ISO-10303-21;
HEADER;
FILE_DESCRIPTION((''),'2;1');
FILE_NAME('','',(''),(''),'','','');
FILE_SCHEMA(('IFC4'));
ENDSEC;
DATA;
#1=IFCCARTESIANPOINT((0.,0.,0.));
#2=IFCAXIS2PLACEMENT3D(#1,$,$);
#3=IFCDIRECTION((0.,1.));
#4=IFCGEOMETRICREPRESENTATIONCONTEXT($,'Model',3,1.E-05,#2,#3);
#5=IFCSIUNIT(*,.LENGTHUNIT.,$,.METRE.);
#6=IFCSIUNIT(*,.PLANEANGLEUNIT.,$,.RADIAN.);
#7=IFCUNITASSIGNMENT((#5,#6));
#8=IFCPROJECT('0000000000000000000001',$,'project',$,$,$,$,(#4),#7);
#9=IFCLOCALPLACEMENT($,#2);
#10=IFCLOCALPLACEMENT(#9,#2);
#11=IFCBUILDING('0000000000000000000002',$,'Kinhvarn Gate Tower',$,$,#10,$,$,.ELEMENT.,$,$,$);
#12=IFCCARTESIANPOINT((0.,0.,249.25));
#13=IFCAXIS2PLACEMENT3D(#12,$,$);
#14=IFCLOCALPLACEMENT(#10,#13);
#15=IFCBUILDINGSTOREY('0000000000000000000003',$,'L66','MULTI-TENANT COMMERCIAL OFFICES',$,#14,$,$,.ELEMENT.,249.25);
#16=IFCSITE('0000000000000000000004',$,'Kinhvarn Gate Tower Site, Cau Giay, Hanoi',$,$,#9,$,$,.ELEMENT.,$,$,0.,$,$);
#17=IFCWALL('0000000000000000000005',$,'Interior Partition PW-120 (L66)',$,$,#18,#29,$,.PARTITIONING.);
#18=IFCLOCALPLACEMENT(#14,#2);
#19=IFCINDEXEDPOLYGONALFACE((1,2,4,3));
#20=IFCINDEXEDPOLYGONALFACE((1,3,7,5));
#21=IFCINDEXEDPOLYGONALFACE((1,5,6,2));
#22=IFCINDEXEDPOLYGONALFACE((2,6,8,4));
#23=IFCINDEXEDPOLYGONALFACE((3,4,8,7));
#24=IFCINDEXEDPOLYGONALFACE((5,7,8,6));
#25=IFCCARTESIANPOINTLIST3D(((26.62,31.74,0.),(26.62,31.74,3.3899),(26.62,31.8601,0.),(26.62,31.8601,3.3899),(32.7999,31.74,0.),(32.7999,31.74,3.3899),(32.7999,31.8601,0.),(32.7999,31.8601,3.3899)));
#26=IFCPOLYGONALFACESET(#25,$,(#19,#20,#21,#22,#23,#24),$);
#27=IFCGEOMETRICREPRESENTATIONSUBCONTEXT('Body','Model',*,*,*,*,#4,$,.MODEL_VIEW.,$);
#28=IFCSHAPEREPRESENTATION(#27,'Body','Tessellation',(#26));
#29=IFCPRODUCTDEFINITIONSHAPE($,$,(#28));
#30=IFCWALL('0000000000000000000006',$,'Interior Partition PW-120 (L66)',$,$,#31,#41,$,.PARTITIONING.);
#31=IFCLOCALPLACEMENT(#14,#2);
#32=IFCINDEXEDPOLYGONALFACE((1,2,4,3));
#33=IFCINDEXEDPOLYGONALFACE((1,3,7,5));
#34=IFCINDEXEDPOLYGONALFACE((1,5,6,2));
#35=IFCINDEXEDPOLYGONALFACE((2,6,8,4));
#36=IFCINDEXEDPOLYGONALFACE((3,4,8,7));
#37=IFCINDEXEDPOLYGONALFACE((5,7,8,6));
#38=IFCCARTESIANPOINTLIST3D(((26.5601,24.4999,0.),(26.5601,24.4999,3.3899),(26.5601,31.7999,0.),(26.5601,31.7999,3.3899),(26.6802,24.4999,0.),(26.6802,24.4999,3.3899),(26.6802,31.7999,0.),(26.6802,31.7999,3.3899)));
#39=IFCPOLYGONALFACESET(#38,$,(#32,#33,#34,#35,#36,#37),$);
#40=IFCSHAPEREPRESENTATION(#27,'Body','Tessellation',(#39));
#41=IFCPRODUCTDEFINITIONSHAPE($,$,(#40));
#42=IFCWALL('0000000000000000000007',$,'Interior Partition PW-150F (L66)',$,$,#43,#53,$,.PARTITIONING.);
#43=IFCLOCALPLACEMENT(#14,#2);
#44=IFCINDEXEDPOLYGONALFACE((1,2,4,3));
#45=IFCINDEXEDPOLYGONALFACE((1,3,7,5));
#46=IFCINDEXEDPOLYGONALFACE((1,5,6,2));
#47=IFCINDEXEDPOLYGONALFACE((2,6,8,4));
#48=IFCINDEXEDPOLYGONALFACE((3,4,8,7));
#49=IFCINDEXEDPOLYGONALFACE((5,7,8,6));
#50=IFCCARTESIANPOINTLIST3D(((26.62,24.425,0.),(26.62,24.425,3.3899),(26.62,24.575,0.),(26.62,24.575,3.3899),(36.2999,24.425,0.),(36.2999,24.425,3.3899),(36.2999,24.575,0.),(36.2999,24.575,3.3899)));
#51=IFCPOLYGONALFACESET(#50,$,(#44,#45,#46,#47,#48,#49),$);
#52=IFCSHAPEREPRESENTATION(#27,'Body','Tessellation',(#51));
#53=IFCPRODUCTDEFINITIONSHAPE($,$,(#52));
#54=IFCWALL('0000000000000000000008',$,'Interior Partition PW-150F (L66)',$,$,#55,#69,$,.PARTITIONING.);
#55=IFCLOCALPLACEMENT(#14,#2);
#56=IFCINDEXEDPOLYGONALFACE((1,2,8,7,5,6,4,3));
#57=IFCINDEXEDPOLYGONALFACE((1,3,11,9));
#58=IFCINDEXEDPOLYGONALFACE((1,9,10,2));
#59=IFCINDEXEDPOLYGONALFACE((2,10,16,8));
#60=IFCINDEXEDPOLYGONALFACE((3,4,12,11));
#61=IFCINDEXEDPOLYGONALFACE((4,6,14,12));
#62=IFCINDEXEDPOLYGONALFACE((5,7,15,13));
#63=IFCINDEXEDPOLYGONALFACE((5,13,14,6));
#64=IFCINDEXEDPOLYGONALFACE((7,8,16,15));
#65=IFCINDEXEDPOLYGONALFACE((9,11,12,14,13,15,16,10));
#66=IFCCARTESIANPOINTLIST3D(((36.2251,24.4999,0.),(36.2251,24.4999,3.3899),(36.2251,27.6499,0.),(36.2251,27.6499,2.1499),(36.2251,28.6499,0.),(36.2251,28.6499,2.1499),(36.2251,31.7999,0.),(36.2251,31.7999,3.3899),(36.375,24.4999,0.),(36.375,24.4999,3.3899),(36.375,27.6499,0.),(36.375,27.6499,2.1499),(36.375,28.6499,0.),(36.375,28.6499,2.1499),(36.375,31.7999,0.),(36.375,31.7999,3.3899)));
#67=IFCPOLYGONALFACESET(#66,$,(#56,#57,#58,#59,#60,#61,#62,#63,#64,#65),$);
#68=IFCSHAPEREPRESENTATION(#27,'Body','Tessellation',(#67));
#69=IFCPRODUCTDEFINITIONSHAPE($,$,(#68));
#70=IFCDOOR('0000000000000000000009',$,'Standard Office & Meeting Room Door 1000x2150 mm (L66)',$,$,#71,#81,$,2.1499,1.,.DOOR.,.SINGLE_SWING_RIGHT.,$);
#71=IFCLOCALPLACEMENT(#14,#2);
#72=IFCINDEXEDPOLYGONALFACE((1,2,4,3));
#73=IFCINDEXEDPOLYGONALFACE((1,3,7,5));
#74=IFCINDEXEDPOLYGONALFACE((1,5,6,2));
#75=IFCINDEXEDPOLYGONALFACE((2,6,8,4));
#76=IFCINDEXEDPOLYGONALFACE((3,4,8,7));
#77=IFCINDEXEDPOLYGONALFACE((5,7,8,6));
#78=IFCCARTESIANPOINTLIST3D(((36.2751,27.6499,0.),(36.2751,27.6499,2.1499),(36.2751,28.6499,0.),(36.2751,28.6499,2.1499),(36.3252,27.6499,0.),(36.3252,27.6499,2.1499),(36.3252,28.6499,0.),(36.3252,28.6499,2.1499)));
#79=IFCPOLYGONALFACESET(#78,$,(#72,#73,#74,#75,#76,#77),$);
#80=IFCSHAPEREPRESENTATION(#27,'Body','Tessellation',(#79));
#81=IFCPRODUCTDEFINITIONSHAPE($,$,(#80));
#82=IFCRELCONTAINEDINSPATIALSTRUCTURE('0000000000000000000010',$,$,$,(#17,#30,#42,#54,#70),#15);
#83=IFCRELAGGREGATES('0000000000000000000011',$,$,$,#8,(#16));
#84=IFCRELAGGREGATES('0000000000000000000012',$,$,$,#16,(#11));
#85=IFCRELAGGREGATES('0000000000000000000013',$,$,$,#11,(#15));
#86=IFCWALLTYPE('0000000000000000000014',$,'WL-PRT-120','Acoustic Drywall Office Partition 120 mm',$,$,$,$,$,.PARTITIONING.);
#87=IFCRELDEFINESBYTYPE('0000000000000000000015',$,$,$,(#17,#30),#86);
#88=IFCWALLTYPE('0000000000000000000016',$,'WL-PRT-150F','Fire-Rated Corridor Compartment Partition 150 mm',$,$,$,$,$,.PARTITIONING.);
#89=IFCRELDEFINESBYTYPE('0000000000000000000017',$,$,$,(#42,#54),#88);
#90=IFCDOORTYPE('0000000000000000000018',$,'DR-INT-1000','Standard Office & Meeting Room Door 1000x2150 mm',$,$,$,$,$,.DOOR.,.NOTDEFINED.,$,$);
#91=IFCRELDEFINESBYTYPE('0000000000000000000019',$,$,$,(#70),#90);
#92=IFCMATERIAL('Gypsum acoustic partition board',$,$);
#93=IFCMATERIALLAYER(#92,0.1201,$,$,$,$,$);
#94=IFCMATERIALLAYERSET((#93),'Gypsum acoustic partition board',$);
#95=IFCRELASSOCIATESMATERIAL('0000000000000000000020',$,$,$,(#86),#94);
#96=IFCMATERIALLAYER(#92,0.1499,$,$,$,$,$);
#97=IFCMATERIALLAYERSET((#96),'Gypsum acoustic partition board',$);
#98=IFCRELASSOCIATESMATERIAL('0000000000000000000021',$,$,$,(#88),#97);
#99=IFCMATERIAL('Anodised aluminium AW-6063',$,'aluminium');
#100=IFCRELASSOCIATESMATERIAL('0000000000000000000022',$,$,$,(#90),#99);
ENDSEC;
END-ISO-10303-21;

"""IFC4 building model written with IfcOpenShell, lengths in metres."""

from ifc_helpers import new_model, si_unit, direction, frame, frame_2d, origin, place, context, subcontext, project, spatial, rectangle, extrude, material, layer, layer_set, type_object, element, fill, save


model = new_model("IFC4")

# Units and contexts
model_context = context("Model", 3, precision=1e-05, world=origin(), true_north=direction((0.0, 1.0)))
body_context = subcontext(model_context, "Body", "Model", "MODEL_VIEW")
ifc_project = project(units=[si_unit("LENGTHUNIT", "METRE"), si_unit("PLANEANGLEUNIT", "RADIAN")], contexts=[model_context])

# Site, building, storey
site_placement = place(None, origin())
site = spatial("IfcSite", under=ifc_project, at=site_placement, Name="Kinhvarn Gate Tower Site, Cau Giay, Hanoi", CompositionType="ELEMENT", RefElevation=0.0)
building_placement = place(site_placement, origin())
building = spatial("IfcBuilding", under=site, at=building_placement, Name="Kinhvarn Gate Tower", CompositionType="ELEMENT")
storey_placement = place(building_placement, frame((0.0, 0.0, 249.25)))
storey = spatial("IfcBuildingStorey", under=building, at=storey_placement, Name="L66", Description="MULTI-TENANT COMMERCIAL OFFICES", CompositionType="ELEMENT", Elevation=249.25)

# Shared definitions
ifc_material_1 = material(Name="Gypsum acoustic partition board")

# Shared definitions
ifc_material_2 = material(Name="Anodised aluminium AW-6063", Category="aluminium")

# Walls
ifc_layer_1 = layer(ifc_material_1, 0.1201)
ifc_layer_set_1 = layer_set([ifc_layer_1], Name="Gypsum acoustic partition board")
wall_type_1 = type_object("IfcWallType", Name="WL-PRT-120", Description="Acoustic Drywall Office Partition 120 mm", PredefinedType="PARTITIONING", material=ifc_layer_set_1)
wall_1_placement = place(storey_placement, frame((26.6201, 31.8, 0.0), z_axis=(0.0, 0.0, 1.0), x_axis=(1.0, 0.0, 0.0)))
element("IfcWall", 1, at=wall_1_placement, inside=storey, type_object=wall_type_1, Name="Interior Partition PW-120 (L66)", PredefinedType="PARTITIONING", context=body_context, shape_type="SweptSolid", body=[
    extrude(rectangle(XDim=6.1799, YDim=0.1201, at=frame_2d((3.0898, 0.0))), origin(), (0.0, 0.0, 1.0), 3.3899),
])
wall_2_placement = place(storey_placement, frame((26.6201, 24.5, 0.0), z_axis=(0.0, 0.0, 1.0), x_axis=(0.0, 1.0, 0.0)))
element("IfcWall", 2, at=wall_2_placement, inside=storey, type_object=wall_type_1, Name="Interior Partition PW-120 (L66)", PredefinedType="PARTITIONING", context=body_context, shape_type="SweptSolid", body=[
    extrude(rectangle(XDim=7.3, YDim=0.1201, at=frame_2d((3.6499, 0.0))), origin(), (0.0, 0.0, 1.0), 3.3899),
])
ifc_layer_2 = layer(ifc_material_1, 0.1499)
ifc_layer_set_2 = layer_set([ifc_layer_2], Name="Gypsum acoustic partition board")
wall_type_2 = type_object("IfcWallType", Name="WL-PRT-150F", Description="Fire-Rated Corridor Compartment Partition 150 mm", PredefinedType="PARTITIONING", material=ifc_layer_set_2)
wall_3_placement = place(storey_placement, frame((26.6201, 24.5, 0.0), z_axis=(0.0, 0.0, 1.0), x_axis=(1.0, 0.0, 0.0)))
element("IfcWall", 3, at=wall_3_placement, inside=storey, type_object=wall_type_2, Name="Interior Partition PW-150F (L66)", PredefinedType="PARTITIONING", context=body_context, shape_type="SweptSolid", body=[
    extrude(rectangle(XDim=9.6799, YDim=0.1499, at=frame_2d((4.8398, 0.0))), origin(), (0.0, 0.0, 1.0), 3.3899),
])

# Wall, opening, door
wall_4_placement = place(storey_placement, frame((36.3, 24.5, 0.0), z_axis=(0.0, 0.0, 1.0), x_axis=(0.0, 1.0, 0.0)))
wall_4 = element("IfcWall", 4, at=wall_4_placement, inside=storey, type_object=wall_type_2, Name="Interior Partition PW-150F (L66)", PredefinedType="PARTITIONING", context=body_context, shape_type="SweptSolid", body=[
    extrude(rectangle(XDim=7.3, YDim=0.1499, at=frame_2d((3.6499, 0.0))), origin(), (0.0, 0.0, 1.0), 3.3899),
])
opening_1_placement = place(wall_4_placement, frame((3.1499, 0.0, 0.0)))
opening_1 = element("IfcOpeningElement", 5, at=opening_1_placement, cuts=wall_4, PredefinedType="OPENING", context=body_context, shape_type="SweptSolid", body=[
    extrude(rectangle(XDim=1.0, YDim=2.1499, at=frame_2d((0.5, 1.075))), frame((0.0, 0.085, 0.0), z_axis=(0.0, -1.0, 0.0), x_axis=(1.0, 0.0, 0.0)), (0.0, 0.0, 1.0), 0.1699),
])
door_type_1 = type_object("IfcDoorType", Name="DR-INT-1000", Description="Standard Office & Meeting Room Door 1000x2150 mm", OperationType="NOTDEFINED", PredefinedType="DOOR", material=ifc_material_2)
door_1_placement = place(opening_1_placement, origin())
door_1 = element("IfcDoor", 6, at=door_1_placement, inside=storey, type_object=door_type_1, Name="Standard Office & Meeting Room Door 1000x2150 mm (L66)", OperationType="SINGLE_SWING_RIGHT", OverallHeight=2.1499, OverallWidth=1.0, PredefinedType="DOOR", context=body_context, shape_type="SweptSolid", body=[
    extrude(rectangle(XDim=1.0, YDim=2.1499, at=frame_2d((0.5, 1.075))), frame((0.0, 0.0249, 0.0), z_axis=(0.0, -1.0, 0.0), x_axis=(1.0, 0.0, 0.0)), (0.0, 0.0, 1.0), 0.05),
])
fill(opening_1, door_1)

save(model, "model.ifc")
